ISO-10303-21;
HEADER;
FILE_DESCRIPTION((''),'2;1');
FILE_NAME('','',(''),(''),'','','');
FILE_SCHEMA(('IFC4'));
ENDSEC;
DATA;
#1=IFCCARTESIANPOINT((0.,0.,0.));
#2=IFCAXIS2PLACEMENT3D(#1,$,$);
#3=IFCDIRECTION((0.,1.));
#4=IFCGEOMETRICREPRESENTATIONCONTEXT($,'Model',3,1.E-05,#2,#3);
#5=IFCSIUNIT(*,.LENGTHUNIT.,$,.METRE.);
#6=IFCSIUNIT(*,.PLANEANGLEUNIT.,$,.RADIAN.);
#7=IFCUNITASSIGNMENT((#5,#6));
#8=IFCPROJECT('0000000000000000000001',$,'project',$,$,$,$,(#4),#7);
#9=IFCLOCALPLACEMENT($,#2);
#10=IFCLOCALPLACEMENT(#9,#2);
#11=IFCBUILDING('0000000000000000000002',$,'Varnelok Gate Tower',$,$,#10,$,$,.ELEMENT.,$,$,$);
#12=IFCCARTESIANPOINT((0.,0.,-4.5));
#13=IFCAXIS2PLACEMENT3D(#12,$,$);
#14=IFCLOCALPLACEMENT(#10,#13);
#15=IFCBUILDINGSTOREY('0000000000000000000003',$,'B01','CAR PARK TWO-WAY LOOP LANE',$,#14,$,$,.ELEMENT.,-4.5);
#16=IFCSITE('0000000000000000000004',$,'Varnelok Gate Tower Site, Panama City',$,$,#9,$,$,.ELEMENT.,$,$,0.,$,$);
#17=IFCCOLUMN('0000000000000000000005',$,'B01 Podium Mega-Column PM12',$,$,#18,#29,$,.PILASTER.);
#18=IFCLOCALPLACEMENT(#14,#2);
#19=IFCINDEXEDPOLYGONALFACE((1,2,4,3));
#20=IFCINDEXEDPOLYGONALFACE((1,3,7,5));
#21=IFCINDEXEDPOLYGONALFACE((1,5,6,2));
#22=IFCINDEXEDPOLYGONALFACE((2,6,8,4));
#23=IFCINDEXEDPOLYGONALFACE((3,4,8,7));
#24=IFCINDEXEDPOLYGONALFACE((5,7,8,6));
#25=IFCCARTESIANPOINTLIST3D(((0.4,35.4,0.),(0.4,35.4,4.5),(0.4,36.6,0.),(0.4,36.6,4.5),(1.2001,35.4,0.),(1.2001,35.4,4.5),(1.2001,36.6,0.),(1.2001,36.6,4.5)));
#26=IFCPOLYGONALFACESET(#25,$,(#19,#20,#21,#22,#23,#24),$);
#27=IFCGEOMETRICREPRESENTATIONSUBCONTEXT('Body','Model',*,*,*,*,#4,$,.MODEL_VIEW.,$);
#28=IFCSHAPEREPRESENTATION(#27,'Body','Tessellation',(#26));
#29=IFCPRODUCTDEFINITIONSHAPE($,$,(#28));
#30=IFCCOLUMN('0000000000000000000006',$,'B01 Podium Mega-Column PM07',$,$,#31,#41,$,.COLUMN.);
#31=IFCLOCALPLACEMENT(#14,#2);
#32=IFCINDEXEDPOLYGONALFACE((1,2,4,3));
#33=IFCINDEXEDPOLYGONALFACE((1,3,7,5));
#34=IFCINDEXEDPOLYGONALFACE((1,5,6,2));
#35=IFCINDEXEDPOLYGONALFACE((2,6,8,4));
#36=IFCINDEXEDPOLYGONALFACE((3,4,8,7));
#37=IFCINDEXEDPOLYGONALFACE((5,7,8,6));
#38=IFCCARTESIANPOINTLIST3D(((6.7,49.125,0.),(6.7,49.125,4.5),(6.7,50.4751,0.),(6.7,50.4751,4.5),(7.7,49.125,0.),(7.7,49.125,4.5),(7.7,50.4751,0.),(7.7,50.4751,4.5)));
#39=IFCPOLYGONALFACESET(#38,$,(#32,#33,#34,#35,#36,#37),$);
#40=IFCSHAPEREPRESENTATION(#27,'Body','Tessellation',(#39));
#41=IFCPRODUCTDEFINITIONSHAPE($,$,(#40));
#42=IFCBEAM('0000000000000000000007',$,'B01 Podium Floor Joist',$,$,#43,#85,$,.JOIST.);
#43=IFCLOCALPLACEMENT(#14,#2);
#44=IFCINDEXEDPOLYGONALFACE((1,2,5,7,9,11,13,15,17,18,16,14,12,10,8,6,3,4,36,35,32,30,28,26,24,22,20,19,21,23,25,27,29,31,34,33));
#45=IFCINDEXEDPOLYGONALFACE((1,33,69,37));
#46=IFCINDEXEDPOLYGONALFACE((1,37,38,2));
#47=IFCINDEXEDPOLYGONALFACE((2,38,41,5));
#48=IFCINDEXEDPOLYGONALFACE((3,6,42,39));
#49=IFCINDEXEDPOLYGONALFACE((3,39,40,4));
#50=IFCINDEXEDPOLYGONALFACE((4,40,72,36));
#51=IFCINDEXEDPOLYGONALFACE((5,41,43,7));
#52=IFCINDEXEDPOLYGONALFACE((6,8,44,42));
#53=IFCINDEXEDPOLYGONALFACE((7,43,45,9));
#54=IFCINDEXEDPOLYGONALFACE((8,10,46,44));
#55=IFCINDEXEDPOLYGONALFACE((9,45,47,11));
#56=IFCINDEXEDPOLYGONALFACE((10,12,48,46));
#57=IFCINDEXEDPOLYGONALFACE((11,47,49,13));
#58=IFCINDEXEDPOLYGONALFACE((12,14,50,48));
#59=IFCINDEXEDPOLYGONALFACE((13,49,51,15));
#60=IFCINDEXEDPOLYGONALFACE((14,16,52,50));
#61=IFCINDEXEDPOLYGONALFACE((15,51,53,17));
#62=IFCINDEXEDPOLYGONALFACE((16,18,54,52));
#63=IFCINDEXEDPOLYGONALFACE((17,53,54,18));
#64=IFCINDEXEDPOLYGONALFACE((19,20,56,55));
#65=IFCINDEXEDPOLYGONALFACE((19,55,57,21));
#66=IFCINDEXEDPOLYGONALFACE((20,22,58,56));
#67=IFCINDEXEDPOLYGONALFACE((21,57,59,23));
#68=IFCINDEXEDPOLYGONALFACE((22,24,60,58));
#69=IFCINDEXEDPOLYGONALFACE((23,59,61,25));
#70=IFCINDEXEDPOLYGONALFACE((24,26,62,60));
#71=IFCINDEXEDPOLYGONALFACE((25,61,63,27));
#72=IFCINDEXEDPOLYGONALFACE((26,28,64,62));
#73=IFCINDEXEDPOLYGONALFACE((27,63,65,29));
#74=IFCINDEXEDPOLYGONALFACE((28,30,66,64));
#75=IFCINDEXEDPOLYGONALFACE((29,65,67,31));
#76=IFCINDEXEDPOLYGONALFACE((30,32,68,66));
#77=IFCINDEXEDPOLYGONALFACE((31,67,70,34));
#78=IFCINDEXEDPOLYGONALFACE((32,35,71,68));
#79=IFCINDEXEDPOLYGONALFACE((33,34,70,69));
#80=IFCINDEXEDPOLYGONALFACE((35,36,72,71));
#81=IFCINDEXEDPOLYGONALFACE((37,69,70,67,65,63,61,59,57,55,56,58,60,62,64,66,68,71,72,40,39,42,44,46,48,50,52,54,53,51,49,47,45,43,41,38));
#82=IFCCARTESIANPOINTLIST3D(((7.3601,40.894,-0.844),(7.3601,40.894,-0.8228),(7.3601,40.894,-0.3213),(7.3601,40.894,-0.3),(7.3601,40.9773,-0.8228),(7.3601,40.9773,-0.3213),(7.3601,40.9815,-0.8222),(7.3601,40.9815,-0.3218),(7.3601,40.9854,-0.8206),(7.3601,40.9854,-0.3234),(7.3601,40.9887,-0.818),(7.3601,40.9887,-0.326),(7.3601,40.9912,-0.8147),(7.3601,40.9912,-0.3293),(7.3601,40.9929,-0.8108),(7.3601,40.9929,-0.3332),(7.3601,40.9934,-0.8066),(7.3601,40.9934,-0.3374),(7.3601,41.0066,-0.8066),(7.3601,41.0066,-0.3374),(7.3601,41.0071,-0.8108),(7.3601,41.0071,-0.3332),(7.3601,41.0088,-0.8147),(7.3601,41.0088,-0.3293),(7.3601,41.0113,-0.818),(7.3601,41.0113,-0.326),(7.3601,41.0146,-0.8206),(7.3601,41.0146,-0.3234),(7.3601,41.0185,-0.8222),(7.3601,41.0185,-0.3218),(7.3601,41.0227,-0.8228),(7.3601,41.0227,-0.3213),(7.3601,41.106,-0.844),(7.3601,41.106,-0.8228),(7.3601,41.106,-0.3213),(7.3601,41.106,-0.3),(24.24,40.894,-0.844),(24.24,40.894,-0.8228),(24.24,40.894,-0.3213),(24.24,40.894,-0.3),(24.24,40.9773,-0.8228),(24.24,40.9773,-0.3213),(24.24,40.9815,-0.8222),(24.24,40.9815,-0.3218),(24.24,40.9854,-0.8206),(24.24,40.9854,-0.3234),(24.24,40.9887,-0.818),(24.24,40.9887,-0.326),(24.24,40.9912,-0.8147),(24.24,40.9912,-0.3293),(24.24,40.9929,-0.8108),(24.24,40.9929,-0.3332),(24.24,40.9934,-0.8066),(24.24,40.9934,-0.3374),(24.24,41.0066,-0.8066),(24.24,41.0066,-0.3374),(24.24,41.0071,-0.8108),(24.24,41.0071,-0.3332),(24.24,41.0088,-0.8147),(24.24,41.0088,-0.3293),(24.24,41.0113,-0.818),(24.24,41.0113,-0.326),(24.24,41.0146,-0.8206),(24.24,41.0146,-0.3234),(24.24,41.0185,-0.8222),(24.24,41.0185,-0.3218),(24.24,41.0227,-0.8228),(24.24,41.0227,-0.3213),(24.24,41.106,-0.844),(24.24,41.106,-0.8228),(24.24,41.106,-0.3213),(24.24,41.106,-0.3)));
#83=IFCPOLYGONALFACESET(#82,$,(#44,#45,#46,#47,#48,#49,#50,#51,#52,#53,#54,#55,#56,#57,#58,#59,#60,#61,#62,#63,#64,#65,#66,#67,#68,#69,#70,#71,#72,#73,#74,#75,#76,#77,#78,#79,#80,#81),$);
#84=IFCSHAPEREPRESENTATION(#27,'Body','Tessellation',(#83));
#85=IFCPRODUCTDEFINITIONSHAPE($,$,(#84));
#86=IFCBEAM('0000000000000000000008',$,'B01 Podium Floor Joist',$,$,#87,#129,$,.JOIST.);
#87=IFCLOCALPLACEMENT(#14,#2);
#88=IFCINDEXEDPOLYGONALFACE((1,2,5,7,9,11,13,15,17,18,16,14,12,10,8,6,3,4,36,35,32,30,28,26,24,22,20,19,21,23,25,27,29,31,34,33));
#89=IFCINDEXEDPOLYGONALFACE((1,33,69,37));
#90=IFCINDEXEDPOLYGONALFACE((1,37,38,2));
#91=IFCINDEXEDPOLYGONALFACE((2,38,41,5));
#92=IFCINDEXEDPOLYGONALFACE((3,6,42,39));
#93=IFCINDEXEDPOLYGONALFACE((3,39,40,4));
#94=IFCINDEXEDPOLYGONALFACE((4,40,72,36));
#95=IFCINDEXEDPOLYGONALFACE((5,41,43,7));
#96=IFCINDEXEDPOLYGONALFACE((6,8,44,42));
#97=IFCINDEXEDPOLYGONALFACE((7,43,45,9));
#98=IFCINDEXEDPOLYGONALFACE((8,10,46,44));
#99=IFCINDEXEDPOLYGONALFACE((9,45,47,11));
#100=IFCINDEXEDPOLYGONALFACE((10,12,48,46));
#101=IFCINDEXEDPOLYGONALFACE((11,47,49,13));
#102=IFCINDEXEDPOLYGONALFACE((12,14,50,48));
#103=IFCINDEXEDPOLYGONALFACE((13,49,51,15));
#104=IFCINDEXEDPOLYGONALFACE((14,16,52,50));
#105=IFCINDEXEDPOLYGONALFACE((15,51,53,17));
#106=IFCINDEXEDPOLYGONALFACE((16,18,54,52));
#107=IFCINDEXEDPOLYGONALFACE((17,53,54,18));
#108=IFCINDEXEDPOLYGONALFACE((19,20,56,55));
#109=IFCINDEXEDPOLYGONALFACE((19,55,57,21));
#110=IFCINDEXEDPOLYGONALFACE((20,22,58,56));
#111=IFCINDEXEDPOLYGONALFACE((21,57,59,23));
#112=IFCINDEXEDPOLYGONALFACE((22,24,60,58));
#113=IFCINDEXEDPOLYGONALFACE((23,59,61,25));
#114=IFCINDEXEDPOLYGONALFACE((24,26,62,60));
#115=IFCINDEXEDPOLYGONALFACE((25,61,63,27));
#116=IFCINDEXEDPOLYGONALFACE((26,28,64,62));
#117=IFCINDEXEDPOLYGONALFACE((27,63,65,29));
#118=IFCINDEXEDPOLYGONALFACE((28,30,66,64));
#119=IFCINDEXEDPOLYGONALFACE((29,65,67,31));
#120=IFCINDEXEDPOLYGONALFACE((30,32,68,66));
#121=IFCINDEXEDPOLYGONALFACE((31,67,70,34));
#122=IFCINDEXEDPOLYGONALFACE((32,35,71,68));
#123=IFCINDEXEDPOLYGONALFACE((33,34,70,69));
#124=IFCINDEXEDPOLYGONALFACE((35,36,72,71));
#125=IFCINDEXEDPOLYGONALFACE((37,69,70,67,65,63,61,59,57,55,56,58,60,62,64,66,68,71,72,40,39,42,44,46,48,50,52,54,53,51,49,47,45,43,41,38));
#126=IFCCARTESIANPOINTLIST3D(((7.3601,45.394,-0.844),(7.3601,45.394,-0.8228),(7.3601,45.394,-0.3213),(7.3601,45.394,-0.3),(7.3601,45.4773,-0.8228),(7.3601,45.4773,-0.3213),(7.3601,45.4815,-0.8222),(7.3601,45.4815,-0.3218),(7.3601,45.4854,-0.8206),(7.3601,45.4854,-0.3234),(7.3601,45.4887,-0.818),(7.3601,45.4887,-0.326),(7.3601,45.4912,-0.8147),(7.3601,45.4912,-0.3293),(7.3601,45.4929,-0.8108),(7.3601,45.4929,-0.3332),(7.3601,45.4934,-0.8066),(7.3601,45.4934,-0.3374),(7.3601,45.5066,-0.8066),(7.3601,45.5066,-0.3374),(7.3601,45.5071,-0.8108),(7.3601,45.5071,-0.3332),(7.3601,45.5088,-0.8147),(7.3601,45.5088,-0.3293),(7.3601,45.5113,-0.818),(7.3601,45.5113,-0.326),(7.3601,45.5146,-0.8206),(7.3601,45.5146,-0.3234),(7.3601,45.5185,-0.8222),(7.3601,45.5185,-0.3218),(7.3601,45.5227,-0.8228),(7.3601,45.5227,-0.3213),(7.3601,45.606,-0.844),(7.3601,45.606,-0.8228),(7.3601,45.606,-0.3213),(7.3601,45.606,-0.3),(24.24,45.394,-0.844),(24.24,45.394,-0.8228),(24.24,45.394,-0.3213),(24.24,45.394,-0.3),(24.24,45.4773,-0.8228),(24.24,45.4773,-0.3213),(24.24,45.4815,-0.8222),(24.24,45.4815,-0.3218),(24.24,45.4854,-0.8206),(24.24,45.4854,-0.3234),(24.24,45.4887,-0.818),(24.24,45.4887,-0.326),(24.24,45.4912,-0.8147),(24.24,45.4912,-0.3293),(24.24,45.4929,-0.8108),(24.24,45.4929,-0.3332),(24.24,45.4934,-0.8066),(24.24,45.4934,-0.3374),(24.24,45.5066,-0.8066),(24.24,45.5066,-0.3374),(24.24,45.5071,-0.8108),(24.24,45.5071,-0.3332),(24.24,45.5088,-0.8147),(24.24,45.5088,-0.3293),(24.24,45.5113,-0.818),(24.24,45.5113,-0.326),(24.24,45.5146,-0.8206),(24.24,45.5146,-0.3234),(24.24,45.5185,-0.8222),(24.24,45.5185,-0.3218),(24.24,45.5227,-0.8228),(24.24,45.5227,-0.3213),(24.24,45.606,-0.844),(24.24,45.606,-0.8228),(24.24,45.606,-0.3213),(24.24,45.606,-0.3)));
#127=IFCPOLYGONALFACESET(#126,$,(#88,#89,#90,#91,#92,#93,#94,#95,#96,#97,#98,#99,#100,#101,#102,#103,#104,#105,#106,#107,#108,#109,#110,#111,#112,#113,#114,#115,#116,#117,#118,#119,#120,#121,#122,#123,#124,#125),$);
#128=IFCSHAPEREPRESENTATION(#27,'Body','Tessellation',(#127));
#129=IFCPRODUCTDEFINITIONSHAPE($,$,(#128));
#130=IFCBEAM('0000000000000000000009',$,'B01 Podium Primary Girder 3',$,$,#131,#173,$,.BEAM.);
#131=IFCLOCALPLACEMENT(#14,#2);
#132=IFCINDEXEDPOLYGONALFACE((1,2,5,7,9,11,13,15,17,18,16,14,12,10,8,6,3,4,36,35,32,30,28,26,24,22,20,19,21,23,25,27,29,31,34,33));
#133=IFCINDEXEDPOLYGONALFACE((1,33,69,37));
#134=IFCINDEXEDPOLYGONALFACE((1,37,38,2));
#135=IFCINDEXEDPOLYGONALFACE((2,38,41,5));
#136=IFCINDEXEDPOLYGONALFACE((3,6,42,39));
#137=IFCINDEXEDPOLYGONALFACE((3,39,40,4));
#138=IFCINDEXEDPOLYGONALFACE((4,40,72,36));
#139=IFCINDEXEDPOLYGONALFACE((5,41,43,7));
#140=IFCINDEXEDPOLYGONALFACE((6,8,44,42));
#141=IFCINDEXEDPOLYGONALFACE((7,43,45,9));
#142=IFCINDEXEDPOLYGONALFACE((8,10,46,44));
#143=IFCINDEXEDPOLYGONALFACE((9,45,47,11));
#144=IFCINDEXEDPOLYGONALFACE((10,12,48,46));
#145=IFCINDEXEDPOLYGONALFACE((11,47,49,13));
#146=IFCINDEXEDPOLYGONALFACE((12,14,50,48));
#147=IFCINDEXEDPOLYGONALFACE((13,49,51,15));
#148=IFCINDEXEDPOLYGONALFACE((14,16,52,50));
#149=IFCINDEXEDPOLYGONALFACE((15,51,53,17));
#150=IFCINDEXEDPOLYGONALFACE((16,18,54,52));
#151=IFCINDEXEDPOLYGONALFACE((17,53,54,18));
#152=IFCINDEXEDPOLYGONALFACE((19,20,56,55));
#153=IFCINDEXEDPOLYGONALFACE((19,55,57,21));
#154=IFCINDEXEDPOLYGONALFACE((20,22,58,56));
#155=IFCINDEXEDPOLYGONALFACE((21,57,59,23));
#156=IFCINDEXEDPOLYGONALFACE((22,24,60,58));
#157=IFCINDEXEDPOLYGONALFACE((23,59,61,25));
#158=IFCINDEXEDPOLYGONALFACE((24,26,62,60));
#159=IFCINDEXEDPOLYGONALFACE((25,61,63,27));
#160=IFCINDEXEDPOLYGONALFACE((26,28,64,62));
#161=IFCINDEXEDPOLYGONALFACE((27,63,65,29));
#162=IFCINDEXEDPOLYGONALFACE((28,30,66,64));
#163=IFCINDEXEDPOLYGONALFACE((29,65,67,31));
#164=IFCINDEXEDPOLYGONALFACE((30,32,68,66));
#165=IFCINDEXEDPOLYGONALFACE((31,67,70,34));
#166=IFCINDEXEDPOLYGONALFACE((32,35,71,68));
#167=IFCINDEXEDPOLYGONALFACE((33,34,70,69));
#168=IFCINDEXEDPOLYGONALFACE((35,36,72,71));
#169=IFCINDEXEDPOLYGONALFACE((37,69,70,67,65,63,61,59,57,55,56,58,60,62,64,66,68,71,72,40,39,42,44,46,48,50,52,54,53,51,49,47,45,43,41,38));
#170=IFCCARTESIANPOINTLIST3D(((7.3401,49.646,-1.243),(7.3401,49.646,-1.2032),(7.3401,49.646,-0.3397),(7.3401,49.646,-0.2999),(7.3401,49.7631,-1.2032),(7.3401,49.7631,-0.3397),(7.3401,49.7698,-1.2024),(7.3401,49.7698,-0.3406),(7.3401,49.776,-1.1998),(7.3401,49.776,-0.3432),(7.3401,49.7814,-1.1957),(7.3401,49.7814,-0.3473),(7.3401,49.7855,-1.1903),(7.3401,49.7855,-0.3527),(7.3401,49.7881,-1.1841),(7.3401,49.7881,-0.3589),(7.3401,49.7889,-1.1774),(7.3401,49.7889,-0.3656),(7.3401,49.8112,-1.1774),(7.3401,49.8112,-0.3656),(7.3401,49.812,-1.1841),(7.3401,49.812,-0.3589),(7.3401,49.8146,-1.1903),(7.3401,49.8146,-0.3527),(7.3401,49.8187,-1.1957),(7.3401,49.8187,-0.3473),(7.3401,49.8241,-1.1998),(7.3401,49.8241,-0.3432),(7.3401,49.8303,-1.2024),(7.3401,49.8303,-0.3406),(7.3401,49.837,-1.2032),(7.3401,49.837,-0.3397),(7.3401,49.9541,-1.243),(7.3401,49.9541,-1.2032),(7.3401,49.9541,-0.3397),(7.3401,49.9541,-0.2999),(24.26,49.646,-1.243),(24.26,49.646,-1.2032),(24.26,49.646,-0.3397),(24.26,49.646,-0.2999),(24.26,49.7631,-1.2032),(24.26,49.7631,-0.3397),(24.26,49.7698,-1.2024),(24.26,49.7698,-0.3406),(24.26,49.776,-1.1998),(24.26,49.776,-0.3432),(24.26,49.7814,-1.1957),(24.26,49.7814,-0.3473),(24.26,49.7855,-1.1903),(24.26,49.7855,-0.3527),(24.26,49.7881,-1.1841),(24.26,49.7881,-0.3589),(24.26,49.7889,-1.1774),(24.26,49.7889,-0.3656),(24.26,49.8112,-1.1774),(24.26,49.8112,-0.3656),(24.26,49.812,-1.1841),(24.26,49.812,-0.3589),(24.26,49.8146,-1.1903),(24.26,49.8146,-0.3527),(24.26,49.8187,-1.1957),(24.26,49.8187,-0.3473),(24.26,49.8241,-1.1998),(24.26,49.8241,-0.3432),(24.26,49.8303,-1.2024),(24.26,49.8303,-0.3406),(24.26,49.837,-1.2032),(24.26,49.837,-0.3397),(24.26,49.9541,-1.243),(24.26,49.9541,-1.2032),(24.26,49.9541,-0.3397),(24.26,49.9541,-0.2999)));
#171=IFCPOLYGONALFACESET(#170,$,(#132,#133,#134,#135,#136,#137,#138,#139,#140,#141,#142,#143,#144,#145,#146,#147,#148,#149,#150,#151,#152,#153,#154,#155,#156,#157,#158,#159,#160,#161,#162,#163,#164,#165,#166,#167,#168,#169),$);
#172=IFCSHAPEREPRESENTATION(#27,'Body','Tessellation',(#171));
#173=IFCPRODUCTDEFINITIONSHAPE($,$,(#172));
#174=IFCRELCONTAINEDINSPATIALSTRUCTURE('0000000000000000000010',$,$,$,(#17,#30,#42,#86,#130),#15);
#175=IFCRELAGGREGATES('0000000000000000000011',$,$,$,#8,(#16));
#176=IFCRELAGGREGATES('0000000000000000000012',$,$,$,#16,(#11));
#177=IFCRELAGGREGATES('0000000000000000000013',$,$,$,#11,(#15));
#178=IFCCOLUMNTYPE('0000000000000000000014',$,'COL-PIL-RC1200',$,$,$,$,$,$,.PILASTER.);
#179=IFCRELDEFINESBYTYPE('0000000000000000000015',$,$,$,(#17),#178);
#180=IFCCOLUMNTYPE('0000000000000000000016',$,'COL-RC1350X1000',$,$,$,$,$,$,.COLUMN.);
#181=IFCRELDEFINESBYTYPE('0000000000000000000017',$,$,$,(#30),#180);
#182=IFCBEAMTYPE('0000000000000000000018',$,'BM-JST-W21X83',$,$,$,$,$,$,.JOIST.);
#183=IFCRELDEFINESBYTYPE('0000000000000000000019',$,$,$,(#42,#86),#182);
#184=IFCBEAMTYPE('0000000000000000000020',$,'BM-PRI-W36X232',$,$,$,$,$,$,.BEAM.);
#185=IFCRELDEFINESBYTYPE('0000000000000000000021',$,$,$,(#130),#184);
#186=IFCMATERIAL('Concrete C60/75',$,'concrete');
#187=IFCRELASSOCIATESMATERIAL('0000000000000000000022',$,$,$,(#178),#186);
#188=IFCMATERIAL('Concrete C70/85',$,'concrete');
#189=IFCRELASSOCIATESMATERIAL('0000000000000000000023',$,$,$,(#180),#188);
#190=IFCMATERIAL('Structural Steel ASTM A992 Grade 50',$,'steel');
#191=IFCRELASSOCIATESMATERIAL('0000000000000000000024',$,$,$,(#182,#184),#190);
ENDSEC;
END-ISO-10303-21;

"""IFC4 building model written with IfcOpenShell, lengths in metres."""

from ifc_helpers import new_model, si_unit, direction, frame, origin, origin_2d, place, context, subcontext, project, spatial, rectangle, i_section, extrude, material, material_profile, profile_set, type_object, element, save


model = new_model("IFC4")

# Units and contexts
model_context = context("Model", 3, precision=1e-05, world=origin(), true_north=direction((0.0, 1.0)))
body_context = subcontext(model_context, "Body", "Model", "MODEL_VIEW")
ifc_project = project(units=[si_unit("LENGTHUNIT", "METRE"), si_unit("PLANEANGLEUNIT", "RADIAN")], contexts=[model_context])

# Site, building, storey
site_placement = place(None, origin())
site = spatial("IfcSite", under=ifc_project, at=site_placement, Name="Varnelok Gate Tower Site, Panama City", CompositionType="ELEMENT", RefElevation=0.0)
building_placement = place(site_placement, origin())
building = spatial("IfcBuilding", under=site, at=building_placement, Name="Varnelok Gate Tower", CompositionType="ELEMENT")
storey_placement = place(building_placement, frame((0.0, 0.0, -4.5)))
storey = spatial("IfcBuildingStorey", under=building, at=storey_placement, Name="B01", Description="CAR PARK TWO-WAY LOOP LANE", CompositionType="ELEMENT", Elevation=-4.5)

# Columns
ifc_material_1 = material(Name="Concrete C60/75", Category="concrete")
ifc_material_profile_1 = material_profile(ifc_material_1, rectangle(XDim=0.8, YDim=1.2, at=origin_2d()), Name="RC1200X800")
ifc_profile_set_1 = profile_set([ifc_material_profile_1], Name="Concrete C60/75")
column_type_1 = type_object("IfcColumnType", Name="COL-PIL-RC1200", PredefinedType="PILASTER", material=ifc_profile_set_1)
column_1_placement = place(storey_placement, frame((0.8, 36.0, 0.0), z_axis=(0.0, 0.0, 1.0), x_axis=(1.0, 0.0, 0.0)))
element("IfcColumn", 1, at=column_1_placement, inside=storey, type_object=column_type_1, Name="B01 Podium Mega-Column PM12", PredefinedType="PILASTER", context=body_context, shape_type="SweptSolid", body=[
    extrude(rectangle(XDim=0.8, YDim=1.2, at=origin_2d()), origin(), (0.0, 0.0, 1.0), 4.5),
])
ifc_material_2 = material(Name="Concrete C70/85", Category="concrete")
ifc_material_profile_2 = material_profile(ifc_material_2, rectangle(XDim=1.0, YDim=1.3501, at=origin_2d()), Name="RC1350X1000")
ifc_profile_set_2 = profile_set([ifc_material_profile_2], Name="Concrete C70/85")
column_type_2 = type_object("IfcColumnType", Name="COL-RC1350X1000", PredefinedType="COLUMN", material=ifc_profile_set_2)
column_2_placement = place(storey_placement, frame((7.2, 49.8, 0.0), z_axis=(0.0, 0.0, 1.0), x_axis=(1.0, 0.0, 0.0)))
element("IfcColumn", 2, at=column_2_placement, inside=storey, type_object=column_type_2, Name="B01 Podium Mega-Column PM07", PredefinedType="COLUMN", context=body_context, shape_type="SweptSolid", body=[
    extrude(rectangle(XDim=1.0, YDim=1.3501, at=origin_2d()), origin(), (0.0, 0.0, 1.0), 4.5),
])

# Beams
ifc_material_3 = material(Name="Structural Steel ASTM A992 Grade 50", Category="steel")
ifc_material_profile_3 = material_profile(ifc_material_3, i_section(OverallWidth=0.2119, OverallDepth=0.5439, WebThickness=0.0132, FlangeThickness=0.0212, FilletRadius=0.0161, at=origin_2d()), Name="W21X83")
ifc_profile_set_3 = profile_set([ifc_material_profile_3], Name="Structural Steel ASTM A992 Grade 50")
beam_type_1 = type_object("IfcBeamType", Name="BM-JST-W21X83", PredefinedType="JOIST", material=ifc_profile_set_3)
for number, where, z_axis, x_axis, name in (
    (3, (7.3601, 41.0, -0.572), (1.0, 0.0, 0.0), (0.0, 1.0, 0.0), "B01 Podium Floor Joist"),
    (4, (7.3601, 45.5, -0.572), (1.0, 0.0, 0.0), (0.0, 1.0, 0.0), "B01 Podium Floor Joist"),
):
    element("IfcBeam", number, at=place(storey_placement, frame(where, z_axis=z_axis, x_axis=x_axis)), inside=storey, type_object=beam_type_1, Name=name, PredefinedType="JOIST", context=body_context, shape_type="SweptSolid", body=[
        extrude(i_section(OverallWidth=0.2119, OverallDepth=0.5439, WebThickness=0.0132, FlangeThickness=0.0212, FilletRadius=0.0161, at=origin_2d()), origin(), (0.0, 0.0, 1.0), 16.8799),
    ])
ifc_material_profile_4 = material_profile(ifc_material_3, i_section(OverallWidth=0.3081, OverallDepth=0.9431, WebThickness=0.0222, FlangeThickness=0.0398, FilletRadius=0.0259, at=origin_2d()), Name="W36X232")
ifc_profile_set_4 = profile_set([ifc_material_profile_4], Name="Structural Steel ASTM A992 Grade 50")
beam_type_2 = type_object("IfcBeamType", Name="BM-PRI-W36X232", PredefinedType="BEAM", material=ifc_profile_set_4)
beam_1_placement = place(storey_placement, frame((7.3401, 49.8, -0.7715), z_axis=(1.0, 0.0, 0.0), x_axis=(0.0, 1.0, 0.0)))
element("IfcBeam", 5, at=beam_1_placement, inside=storey, type_object=beam_type_2, Name="B01 Podium Primary Girder 3", PredefinedType="BEAM", context=body_context, shape_type="SweptSolid", body=[
    extrude(i_section(OverallWidth=0.3081, OverallDepth=0.9431, WebThickness=0.0222, FlangeThickness=0.0398, FilletRadius=0.0259, at=origin_2d()), origin(), (0.0, 0.0, 1.0), 16.9199),
])

save(model, "model.ifc")
